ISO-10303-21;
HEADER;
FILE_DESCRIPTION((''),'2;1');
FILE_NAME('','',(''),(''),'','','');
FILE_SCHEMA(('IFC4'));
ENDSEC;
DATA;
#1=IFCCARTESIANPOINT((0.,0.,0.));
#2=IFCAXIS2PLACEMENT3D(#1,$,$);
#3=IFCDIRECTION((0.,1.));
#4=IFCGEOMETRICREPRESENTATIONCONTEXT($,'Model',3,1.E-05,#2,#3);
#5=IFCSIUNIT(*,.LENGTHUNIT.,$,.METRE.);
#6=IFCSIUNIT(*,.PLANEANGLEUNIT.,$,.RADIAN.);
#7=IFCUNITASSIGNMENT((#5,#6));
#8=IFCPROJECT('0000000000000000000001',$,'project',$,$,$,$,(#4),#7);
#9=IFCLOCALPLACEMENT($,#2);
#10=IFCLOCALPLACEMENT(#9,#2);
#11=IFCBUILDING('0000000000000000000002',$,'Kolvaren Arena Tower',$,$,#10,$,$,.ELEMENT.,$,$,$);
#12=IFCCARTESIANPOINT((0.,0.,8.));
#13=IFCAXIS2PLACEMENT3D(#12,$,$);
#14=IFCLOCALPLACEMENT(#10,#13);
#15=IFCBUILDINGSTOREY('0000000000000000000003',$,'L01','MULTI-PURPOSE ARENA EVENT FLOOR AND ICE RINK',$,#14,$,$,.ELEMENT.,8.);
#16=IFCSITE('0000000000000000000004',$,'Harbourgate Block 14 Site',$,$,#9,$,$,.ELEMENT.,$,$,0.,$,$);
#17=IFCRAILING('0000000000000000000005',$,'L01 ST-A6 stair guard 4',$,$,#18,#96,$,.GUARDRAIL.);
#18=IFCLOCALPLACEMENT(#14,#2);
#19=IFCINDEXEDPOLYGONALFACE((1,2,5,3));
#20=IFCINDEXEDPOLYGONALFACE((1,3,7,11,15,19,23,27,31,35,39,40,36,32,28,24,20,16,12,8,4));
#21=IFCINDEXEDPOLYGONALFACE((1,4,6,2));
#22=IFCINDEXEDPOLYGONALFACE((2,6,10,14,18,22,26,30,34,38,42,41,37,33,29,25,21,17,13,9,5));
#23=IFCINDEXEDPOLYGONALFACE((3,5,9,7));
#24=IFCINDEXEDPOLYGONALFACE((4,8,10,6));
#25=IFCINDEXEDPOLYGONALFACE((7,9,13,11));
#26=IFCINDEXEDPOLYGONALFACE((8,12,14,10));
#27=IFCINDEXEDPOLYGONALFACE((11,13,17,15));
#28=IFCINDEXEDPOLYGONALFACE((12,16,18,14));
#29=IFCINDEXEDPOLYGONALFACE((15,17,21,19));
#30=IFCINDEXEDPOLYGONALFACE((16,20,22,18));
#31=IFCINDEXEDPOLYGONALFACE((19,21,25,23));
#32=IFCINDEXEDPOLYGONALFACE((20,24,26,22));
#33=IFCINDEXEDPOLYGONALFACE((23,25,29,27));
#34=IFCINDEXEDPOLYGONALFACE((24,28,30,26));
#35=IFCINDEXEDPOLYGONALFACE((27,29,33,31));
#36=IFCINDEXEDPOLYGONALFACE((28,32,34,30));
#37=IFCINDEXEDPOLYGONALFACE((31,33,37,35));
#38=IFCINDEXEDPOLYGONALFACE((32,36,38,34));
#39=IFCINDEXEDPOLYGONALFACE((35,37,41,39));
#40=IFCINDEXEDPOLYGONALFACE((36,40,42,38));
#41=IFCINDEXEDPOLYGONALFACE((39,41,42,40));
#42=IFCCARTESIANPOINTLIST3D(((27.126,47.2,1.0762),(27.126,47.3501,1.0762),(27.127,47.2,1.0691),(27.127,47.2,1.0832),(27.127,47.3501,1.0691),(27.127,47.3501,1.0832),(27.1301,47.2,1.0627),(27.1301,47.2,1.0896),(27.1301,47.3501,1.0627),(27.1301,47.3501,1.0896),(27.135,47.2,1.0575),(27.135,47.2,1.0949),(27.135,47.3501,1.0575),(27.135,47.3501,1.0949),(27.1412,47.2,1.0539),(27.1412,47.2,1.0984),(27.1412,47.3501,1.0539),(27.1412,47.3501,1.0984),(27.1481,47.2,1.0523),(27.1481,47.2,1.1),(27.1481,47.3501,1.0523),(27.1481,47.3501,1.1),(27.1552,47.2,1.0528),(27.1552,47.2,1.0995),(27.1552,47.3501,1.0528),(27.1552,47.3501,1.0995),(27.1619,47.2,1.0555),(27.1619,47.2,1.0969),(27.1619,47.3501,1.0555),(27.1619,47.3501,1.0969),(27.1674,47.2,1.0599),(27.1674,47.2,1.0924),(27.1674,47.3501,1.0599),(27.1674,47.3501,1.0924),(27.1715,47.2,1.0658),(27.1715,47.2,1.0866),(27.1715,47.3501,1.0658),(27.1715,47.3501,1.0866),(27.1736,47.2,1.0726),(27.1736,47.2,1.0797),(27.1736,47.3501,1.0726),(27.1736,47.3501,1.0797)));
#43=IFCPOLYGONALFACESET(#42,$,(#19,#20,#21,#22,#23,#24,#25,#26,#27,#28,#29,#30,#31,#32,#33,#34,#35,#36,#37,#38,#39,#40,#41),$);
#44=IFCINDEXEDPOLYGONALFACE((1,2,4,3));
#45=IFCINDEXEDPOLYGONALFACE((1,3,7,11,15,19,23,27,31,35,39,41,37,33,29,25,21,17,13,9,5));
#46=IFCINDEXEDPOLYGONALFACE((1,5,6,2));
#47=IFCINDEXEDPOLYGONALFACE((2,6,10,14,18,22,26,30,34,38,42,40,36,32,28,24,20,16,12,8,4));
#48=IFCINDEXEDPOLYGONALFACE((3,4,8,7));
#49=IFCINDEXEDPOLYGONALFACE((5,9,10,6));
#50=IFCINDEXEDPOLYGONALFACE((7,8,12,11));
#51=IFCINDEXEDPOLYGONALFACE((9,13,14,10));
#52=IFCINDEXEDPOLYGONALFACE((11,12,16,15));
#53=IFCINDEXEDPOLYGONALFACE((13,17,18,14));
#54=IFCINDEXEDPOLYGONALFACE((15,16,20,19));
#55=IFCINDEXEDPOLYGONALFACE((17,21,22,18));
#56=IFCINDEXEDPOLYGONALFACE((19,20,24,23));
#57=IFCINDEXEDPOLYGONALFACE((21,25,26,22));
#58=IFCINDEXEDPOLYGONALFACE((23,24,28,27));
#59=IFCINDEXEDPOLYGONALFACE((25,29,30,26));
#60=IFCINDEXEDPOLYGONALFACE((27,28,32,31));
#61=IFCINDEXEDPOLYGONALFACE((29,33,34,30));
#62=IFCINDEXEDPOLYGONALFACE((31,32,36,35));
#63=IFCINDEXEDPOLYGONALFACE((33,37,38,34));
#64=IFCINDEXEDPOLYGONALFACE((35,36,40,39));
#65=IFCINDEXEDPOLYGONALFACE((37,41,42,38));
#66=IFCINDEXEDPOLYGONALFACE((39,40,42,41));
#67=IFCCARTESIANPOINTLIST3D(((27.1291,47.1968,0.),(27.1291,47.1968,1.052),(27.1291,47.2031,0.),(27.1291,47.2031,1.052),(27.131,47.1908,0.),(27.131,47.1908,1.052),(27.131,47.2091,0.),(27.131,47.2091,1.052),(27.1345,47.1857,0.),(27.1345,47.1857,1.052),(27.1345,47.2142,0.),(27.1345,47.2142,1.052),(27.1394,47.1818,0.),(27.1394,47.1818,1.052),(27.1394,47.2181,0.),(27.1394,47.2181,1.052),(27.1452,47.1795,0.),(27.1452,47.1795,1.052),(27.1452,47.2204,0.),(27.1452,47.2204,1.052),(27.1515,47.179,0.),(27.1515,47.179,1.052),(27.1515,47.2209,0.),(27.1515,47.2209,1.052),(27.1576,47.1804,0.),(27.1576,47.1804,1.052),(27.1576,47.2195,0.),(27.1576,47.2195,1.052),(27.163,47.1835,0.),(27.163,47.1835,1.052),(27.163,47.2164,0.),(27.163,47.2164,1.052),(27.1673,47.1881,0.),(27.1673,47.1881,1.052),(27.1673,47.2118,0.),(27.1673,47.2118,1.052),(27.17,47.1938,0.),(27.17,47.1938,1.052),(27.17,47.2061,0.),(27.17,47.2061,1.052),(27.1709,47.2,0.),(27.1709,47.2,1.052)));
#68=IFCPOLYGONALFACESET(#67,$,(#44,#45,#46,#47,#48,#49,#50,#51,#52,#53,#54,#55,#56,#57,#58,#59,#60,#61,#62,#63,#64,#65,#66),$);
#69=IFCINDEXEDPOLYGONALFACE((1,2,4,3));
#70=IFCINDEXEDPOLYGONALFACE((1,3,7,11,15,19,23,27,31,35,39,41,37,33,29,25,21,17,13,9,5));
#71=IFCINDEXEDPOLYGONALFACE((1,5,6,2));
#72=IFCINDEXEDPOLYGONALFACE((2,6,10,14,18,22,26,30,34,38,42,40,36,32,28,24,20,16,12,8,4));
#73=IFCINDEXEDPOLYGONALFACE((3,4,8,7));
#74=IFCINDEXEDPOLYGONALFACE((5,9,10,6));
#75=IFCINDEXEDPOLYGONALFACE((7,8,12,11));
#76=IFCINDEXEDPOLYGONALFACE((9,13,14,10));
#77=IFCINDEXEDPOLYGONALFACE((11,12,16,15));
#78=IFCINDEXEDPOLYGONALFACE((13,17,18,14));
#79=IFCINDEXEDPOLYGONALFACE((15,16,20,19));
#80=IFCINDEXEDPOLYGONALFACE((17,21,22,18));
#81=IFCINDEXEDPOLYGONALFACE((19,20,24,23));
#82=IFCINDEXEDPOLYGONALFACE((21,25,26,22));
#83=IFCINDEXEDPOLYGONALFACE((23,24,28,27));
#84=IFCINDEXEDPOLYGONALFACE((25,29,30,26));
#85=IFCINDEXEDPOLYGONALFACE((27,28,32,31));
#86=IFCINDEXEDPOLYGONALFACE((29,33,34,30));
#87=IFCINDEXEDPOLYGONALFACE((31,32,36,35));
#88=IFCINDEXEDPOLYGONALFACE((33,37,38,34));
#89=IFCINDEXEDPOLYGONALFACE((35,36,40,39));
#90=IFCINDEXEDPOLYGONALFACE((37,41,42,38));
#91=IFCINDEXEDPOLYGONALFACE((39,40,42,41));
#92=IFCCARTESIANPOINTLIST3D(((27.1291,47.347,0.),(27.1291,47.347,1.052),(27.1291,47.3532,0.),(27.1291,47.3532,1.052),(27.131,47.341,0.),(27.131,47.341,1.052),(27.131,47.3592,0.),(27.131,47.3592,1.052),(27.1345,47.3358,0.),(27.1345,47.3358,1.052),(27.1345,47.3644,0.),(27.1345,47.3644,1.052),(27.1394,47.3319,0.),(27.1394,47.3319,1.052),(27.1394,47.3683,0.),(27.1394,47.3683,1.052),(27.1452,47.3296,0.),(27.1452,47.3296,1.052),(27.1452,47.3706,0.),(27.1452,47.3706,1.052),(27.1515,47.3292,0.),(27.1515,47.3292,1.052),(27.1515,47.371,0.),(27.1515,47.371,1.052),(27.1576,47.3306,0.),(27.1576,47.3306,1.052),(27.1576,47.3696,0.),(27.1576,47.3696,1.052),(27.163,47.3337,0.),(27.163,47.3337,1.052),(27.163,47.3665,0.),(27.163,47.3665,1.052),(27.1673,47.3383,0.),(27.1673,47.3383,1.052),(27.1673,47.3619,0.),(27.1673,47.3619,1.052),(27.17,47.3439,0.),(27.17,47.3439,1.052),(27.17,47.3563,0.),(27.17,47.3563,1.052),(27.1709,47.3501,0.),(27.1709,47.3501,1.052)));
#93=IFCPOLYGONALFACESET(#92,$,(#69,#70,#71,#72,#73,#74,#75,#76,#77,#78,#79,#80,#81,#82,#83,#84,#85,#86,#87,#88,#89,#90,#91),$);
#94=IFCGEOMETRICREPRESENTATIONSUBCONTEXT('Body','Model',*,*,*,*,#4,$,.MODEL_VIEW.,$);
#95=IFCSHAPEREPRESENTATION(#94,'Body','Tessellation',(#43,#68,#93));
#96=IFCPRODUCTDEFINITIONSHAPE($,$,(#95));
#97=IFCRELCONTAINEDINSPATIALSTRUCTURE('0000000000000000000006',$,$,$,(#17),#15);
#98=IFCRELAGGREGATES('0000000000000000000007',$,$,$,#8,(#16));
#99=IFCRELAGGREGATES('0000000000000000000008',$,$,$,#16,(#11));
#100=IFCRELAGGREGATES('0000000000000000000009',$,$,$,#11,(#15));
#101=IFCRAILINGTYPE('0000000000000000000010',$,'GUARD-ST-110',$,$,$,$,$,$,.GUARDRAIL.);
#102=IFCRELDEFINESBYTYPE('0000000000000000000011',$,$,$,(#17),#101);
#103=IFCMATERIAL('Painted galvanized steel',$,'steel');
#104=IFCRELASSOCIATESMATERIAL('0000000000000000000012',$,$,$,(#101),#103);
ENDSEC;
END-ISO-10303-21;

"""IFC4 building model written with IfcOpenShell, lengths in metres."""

from ifc_helpers import new_model, si_unit, direction, frame, origin, origin_2d, place, context, subcontext, project, spatial, circle, extrude, material, type_object, element, save


model = new_model("IFC4")

# Units and contexts
model_context = context("Model", 3, precision=1e-05, world=origin(), true_north=direction((0.0, 1.0)))
body_context = subcontext(model_context, "Body", "Model", "MODEL_VIEW")
ifc_project = project(units=[si_unit("LENGTHUNIT", "METRE"), si_unit("PLANEANGLEUNIT", "RADIAN")], contexts=[model_context])

# Site, building, storey
site_placement = place(None, origin())
site = spatial("IfcSite", under=ifc_project, at=site_placement, Name="Harbourgate Block 14 Site", CompositionType="ELEMENT", RefElevation=0.0)
building_placement = place(site_placement, origin())
building = spatial("IfcBuilding", under=site, at=building_placement, Name="Kolvaren Arena Tower", CompositionType="ELEMENT")
storey_placement = place(building_placement, frame((0.0, 0.0, 8.0)))
storey = spatial("IfcBuildingStorey", under=building, at=storey_placement, Name="L01", Description="MULTI-PURPOSE ARENA EVENT FLOOR AND ICE RINK", CompositionType="ELEMENT", Elevation=8.0)

# Railing
ifc_material_1 = material(Name="Painted galvanized steel", Category="steel")
railing_type_1 = type_object("IfcRailingType", Name="GUARD-ST-110", PredefinedType="GUARDRAIL", material=ifc_material_1)
railing_1_placement = place(storey_placement, frame((27.1499, 47.2, 0.0)))
element("IfcRailing", 1, at=railing_1_placement, inside=storey, type_object=railing_type_1, Name="L01 ST-A6 stair guard 4", PredefinedType="GUARDRAIL", context=body_context, shape_type="SweptSolid", body=[
    extrude(circle(Radius=0.0239, at=origin_2d()), frame((0.0, 0.0, 1.0762), z_axis=(0.0, 1.0, 0.0), x_axis=(-1.0, 0.0, 0.0)), (0.0, 0.0, 1.0), 0.1501),
    extrude(circle(Radius=0.021, at=origin_2d()), origin(), (0.0, 0.0, 1.0), 1.052),
    extrude(circle(Radius=0.021, at=origin_2d()), frame((0.0, 0.1501, 0.0)), (0.0, 0.0, 1.0), 1.052),
])

save(model, "model.ifc")
